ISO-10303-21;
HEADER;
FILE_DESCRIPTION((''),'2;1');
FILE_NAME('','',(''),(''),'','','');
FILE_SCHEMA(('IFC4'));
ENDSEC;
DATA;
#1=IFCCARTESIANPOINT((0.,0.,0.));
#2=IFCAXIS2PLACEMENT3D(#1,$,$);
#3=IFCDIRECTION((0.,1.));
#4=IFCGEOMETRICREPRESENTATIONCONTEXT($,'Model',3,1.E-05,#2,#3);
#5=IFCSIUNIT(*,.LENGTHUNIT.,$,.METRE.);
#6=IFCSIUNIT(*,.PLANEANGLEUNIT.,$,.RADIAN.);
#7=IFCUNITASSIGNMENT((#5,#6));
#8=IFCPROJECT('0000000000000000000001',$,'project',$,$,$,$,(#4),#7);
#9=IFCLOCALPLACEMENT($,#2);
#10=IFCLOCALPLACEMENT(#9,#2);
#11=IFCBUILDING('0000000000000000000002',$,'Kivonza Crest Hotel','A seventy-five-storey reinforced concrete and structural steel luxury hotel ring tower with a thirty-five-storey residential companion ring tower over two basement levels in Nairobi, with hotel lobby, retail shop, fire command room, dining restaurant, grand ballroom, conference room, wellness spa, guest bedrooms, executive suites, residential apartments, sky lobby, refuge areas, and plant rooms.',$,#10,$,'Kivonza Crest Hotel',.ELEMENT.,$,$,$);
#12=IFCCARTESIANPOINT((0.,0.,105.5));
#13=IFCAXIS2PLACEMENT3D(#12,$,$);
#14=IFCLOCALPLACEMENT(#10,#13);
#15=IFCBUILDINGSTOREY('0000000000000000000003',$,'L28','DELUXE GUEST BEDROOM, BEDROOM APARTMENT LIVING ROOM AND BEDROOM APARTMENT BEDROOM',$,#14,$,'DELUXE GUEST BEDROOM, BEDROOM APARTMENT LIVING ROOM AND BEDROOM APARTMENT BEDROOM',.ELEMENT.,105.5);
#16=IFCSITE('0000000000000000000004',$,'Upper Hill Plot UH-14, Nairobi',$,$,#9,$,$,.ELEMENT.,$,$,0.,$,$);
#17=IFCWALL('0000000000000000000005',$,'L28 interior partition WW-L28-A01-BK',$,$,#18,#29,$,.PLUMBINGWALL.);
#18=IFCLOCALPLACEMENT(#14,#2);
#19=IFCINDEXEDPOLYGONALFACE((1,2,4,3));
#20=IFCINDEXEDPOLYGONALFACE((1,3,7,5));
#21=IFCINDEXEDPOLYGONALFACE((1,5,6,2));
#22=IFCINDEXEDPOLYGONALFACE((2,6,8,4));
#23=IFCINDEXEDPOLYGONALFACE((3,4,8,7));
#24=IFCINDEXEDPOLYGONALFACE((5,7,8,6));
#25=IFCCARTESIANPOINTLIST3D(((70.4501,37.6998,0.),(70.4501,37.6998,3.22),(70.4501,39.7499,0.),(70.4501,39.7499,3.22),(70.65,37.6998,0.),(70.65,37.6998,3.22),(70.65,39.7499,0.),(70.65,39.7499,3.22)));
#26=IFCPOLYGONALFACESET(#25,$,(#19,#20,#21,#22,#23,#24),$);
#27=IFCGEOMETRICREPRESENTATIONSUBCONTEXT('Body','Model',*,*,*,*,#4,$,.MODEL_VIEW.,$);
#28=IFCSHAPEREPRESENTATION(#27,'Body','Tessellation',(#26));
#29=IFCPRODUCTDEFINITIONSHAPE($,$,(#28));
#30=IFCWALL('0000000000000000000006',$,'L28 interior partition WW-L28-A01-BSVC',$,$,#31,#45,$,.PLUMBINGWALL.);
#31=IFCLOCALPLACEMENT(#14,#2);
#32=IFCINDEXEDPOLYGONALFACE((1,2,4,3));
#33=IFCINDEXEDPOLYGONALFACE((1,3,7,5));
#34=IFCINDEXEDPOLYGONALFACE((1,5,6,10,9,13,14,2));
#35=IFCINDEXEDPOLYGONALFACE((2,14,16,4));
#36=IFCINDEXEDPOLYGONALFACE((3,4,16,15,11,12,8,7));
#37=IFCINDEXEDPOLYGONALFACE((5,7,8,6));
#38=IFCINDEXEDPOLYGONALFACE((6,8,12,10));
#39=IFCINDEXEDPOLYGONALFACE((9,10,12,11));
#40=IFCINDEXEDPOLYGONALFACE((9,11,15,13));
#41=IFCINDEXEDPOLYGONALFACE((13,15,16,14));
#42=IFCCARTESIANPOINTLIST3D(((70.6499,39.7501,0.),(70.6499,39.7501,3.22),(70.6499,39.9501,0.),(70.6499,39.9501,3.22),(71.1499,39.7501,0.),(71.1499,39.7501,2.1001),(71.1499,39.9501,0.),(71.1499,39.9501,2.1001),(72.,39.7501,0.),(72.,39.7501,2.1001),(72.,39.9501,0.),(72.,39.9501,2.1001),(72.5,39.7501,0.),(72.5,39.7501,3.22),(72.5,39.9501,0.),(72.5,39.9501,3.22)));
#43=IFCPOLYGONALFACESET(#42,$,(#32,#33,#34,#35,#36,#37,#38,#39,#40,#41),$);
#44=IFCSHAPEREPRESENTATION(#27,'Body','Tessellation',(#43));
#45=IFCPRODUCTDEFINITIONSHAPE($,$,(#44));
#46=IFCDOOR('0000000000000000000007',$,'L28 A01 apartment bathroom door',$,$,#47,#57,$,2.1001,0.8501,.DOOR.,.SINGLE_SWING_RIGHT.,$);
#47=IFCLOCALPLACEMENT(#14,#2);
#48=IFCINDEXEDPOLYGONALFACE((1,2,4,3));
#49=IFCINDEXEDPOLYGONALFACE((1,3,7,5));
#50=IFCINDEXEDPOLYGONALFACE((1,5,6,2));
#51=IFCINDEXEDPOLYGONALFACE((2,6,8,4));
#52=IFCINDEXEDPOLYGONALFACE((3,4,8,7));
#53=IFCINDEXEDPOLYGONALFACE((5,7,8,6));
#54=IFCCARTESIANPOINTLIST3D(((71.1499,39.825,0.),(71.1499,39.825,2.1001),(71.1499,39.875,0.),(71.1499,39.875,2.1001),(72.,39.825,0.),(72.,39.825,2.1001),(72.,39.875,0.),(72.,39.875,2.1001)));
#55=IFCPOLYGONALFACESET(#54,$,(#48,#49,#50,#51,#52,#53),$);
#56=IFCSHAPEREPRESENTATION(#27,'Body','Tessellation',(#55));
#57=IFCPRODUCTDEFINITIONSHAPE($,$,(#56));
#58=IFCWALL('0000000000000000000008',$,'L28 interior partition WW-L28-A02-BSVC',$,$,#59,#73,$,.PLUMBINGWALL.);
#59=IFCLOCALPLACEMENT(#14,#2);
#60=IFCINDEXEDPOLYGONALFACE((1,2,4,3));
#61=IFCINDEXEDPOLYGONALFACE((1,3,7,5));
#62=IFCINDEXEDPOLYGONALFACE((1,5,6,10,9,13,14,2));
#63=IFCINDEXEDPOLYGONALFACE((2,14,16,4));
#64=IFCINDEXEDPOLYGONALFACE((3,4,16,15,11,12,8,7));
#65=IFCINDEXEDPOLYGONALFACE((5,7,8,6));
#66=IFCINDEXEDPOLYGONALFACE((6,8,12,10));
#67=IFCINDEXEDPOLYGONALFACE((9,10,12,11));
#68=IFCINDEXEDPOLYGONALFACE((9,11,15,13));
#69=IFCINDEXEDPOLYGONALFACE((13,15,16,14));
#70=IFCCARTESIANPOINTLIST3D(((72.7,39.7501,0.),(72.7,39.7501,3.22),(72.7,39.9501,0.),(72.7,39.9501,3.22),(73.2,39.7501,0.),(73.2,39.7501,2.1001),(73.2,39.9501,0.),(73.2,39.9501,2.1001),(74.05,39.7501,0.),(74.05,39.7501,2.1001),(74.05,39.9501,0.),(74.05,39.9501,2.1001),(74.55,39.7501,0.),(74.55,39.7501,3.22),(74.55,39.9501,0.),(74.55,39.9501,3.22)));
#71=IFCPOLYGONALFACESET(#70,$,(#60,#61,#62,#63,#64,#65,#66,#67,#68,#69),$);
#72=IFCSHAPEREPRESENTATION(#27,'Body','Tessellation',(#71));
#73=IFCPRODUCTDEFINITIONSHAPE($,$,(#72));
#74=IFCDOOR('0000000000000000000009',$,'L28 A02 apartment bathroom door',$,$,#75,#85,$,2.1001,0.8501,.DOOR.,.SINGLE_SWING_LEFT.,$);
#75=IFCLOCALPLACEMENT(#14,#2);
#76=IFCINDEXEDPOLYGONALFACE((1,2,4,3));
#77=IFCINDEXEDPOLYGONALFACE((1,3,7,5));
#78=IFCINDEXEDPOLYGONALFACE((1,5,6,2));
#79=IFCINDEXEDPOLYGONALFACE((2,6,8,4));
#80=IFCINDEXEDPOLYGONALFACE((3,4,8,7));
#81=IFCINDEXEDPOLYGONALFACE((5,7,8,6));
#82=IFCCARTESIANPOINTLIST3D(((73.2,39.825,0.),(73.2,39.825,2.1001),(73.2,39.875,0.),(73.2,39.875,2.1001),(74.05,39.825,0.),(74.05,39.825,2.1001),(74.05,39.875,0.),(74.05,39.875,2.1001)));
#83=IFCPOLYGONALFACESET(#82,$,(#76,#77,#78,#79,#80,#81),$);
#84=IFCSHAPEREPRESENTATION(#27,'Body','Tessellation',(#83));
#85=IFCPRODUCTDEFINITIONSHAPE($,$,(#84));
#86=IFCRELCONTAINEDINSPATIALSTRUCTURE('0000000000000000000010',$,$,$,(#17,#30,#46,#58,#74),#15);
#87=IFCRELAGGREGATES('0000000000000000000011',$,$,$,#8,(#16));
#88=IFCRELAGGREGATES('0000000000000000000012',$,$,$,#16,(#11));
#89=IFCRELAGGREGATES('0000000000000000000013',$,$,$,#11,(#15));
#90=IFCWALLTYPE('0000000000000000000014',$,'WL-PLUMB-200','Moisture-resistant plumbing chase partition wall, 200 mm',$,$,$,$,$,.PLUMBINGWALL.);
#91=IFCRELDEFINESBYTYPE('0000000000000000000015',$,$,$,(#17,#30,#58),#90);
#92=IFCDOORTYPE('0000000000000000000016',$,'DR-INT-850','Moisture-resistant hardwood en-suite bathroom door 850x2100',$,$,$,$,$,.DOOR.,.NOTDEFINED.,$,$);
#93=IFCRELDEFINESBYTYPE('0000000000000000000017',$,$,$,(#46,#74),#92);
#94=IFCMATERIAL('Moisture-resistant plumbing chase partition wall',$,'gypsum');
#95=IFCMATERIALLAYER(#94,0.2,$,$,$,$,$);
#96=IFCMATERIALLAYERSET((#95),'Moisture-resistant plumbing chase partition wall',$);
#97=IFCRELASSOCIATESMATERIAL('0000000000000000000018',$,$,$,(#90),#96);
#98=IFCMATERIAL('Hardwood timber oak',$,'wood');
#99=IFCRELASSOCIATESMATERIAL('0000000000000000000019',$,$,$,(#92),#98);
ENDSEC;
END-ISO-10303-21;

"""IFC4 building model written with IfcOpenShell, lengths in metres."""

from ifc_helpers import new_model, si_unit, direction, frame, frame_2d, origin, place, context, subcontext, project, spatial, rectangle, extrude, material, layer, layer_set, type_object, element, fill, save


model = new_model("IFC4")

# Units and contexts
model_context = context("Model", 3, precision=1e-05, world=origin(), true_north=direction((0.0, 1.0)))
body_context = subcontext(model_context, "Body", "Model", "MODEL_VIEW")
ifc_project = project(units=[si_unit("LENGTHUNIT", "METRE"), si_unit("PLANEANGLEUNIT", "RADIAN")], contexts=[model_context])

# Site, building, storey
site_placement = place(None, origin())
site = spatial("IfcSite", under=ifc_project, at=site_placement, Name="Upper Hill Plot UH-14, Nairobi", CompositionType="ELEMENT", RefElevation=0.0)
building_placement = place(site_placement, origin())
building = spatial("IfcBuilding", under=site, at=building_placement, Name="Kivonza Crest Hotel", Description="A seventy-five-storey reinforced concrete and structural steel luxury hotel ring tower with a thirty-five-storey residential companion ring tower over two basement levels in Nairobi, with hotel lobby, retail shop, fire command room, dining restaurant, grand ballroom, conference room, wellness spa, guest bedrooms, executive suites, residential apartments, sky lobby, refuge areas, and plant rooms.", LongName="Kivonza Crest Hotel", CompositionType="ELEMENT")
storey_placement = place(building_placement, frame((0.0, 0.0, 105.5)))
storey = spatial("IfcBuildingStorey", under=building, at=storey_placement, Name="L28", Description="DELUXE GUEST BEDROOM, BEDROOM APARTMENT LIVING ROOM AND BEDROOM APARTMENT BEDROOM", LongName="DELUXE GUEST BEDROOM, BEDROOM APARTMENT LIVING ROOM AND BEDROOM APARTMENT BEDROOM", CompositionType="ELEMENT", Elevation=105.5)

# Shared definitions
ifc_material_1 = material(Name="Hardwood timber oak", Category="wood")

# Wall
ifc_material_2 = material(Name="Moisture-resistant plumbing chase partition wall", Category="gypsum")
ifc_layer_1 = layer(ifc_material_2, 0.2)
ifc_layer_set_1 = layer_set([ifc_layer_1], Name="Moisture-resistant plumbing chase partition wall")
wall_type_1 = type_object("IfcWallType", Name="WL-PLUMB-200", Description="Moisture-resistant plumbing chase partition wall, 200 mm", PredefinedType="PLUMBINGWALL", material=ifc_layer_set_1)
wall_1_placement = place(storey_placement, frame((70.55, 37.7, 0.0), z_axis=(0.0, 0.0, 1.0), x_axis=(0.0, 1.0, 0.0)))
element("IfcWall", 1, at=wall_1_placement, inside=storey, type_object=wall_type_1, Name="L28 interior partition WW-L28-A01-BK", PredefinedType="PLUMBINGWALL", context=body_context, shape_type="SweptSolid", body=[
    extrude(rectangle(XDim=2.05, YDim=0.2, at=frame_2d((1.0249, 0.0))), origin(), (0.0, 0.0, 1.0), 3.22),
])

# Walls, openings, doors
wall_2_placement = place(storey_placement, frame((70.6499, 39.8501, 0.0), z_axis=(0.0, 0.0, 1.0), x_axis=(1.0, 0.0, 0.0)))
wall_2 = element("IfcWall", 2, at=wall_2_placement, inside=storey, type_object=wall_type_1, Name="L28 interior partition WW-L28-A01-BSVC", PredefinedType="PLUMBINGWALL", context=body_context, shape_type="SweptSolid", body=[
    extrude(rectangle(XDim=1.8501, YDim=0.2, at=frame_2d((0.925, 0.0))), origin(), (0.0, 0.0, 1.0), 3.22),
])
opening_1_placement = place(wall_2_placement, frame((0.5, 0.0, 0.0)))
opening_1 = element("IfcOpeningElement", 3, at=opening_1_placement, cuts=wall_2, PredefinedType="OPENING", context=body_context, shape_type="SweptSolid", body=[
    extrude(rectangle(XDim=0.8501, YDim=2.1001, at=frame_2d((0.425, 1.05))), frame((0.0, 0.1099, 0.0), z_axis=(0.0, -1.0, 0.0), x_axis=(1.0, 0.0, 0.0)), (0.0, 0.0, 1.0), 0.22),
])
door_type_1 = type_object("IfcDoorType", Name="DR-INT-850", Description="Moisture-resistant hardwood en-suite bathroom door 850x2100", OperationType="NOTDEFINED", PredefinedType="DOOR", material=ifc_material_1)
door_1_placement = place(opening_1_placement, origin())
door_1 = element("IfcDoor", 4, at=door_1_placement, inside=storey, type_object=door_type_1, Name="L28 A01 apartment bathroom door", OperationType="SINGLE_SWING_RIGHT", OverallHeight=2.1001, OverallWidth=0.8501, PredefinedType="DOOR", context=body_context, shape_type="SweptSolid", body=[
    extrude(rectangle(XDim=0.8501, YDim=2.1001, at=frame_2d((0.425, 1.05))), frame((0.0, 0.0249, 0.0), z_axis=(0.0, -1.0, 0.0), x_axis=(1.0, 0.0, 0.0)), (0.0, 0.0, 1.0), 0.05),
])
fill(opening_1, door_1)
wall_3_placement = place(storey_placement, frame((72.7, 39.8501, 0.0), z_axis=(0.0, 0.0, 1.0), x_axis=(1.0, 0.0, 0.0)))
wall_3 = element("IfcWall", 5, at=wall_3_placement, inside=storey, type_object=wall_type_1, Name="L28 interior partition WW-L28-A02-BSVC", PredefinedType="PLUMBINGWALL", context=body_context, shape_type="SweptSolid", body=[
    extrude(rectangle(XDim=1.8501, YDim=0.2, at=frame_2d((0.925, 0.0))), origin(), (0.0, 0.0, 1.0), 3.22),
])
opening_2_placement = place(wall_3_placement, frame((0.5, 0.0, 0.0)))
opening_2 = element("IfcOpeningElement", 6, at=opening_2_placement, cuts=wall_3, PredefinedType="OPENING", context=body_context, shape_type="SweptSolid", body=[
    extrude(rectangle(XDim=0.8501, YDim=2.1001, at=frame_2d((0.425, 1.05))), frame((0.0, 0.1099, 0.0), z_axis=(0.0, -1.0, 0.0), x_axis=(1.0, 0.0, 0.0)), (0.0, 0.0, 1.0), 0.22),
])
door_2_placement = place(opening_2_placement, origin())
door_2 = element("IfcDoor", 7, at=door_2_placement, inside=storey, type_object=door_type_1, Name="L28 A02 apartment bathroom door", OperationType="SINGLE_SWING_LEFT", OverallHeight=2.1001, OverallWidth=0.8501, PredefinedType="DOOR", context=body_context, shape_type="SweptSolid", body=[
    extrude(rectangle(XDim=0.8501, YDim=2.1001, at=frame_2d((0.425, 1.05))), frame((0.0, 0.0249, 0.0), z_axis=(0.0, -1.0, 0.0), x_axis=(1.0, 0.0, 0.0)), (0.0, 0.0, 1.0), 0.05),
])
fill(opening_2, door_2)

save(model, "model.ifc")
